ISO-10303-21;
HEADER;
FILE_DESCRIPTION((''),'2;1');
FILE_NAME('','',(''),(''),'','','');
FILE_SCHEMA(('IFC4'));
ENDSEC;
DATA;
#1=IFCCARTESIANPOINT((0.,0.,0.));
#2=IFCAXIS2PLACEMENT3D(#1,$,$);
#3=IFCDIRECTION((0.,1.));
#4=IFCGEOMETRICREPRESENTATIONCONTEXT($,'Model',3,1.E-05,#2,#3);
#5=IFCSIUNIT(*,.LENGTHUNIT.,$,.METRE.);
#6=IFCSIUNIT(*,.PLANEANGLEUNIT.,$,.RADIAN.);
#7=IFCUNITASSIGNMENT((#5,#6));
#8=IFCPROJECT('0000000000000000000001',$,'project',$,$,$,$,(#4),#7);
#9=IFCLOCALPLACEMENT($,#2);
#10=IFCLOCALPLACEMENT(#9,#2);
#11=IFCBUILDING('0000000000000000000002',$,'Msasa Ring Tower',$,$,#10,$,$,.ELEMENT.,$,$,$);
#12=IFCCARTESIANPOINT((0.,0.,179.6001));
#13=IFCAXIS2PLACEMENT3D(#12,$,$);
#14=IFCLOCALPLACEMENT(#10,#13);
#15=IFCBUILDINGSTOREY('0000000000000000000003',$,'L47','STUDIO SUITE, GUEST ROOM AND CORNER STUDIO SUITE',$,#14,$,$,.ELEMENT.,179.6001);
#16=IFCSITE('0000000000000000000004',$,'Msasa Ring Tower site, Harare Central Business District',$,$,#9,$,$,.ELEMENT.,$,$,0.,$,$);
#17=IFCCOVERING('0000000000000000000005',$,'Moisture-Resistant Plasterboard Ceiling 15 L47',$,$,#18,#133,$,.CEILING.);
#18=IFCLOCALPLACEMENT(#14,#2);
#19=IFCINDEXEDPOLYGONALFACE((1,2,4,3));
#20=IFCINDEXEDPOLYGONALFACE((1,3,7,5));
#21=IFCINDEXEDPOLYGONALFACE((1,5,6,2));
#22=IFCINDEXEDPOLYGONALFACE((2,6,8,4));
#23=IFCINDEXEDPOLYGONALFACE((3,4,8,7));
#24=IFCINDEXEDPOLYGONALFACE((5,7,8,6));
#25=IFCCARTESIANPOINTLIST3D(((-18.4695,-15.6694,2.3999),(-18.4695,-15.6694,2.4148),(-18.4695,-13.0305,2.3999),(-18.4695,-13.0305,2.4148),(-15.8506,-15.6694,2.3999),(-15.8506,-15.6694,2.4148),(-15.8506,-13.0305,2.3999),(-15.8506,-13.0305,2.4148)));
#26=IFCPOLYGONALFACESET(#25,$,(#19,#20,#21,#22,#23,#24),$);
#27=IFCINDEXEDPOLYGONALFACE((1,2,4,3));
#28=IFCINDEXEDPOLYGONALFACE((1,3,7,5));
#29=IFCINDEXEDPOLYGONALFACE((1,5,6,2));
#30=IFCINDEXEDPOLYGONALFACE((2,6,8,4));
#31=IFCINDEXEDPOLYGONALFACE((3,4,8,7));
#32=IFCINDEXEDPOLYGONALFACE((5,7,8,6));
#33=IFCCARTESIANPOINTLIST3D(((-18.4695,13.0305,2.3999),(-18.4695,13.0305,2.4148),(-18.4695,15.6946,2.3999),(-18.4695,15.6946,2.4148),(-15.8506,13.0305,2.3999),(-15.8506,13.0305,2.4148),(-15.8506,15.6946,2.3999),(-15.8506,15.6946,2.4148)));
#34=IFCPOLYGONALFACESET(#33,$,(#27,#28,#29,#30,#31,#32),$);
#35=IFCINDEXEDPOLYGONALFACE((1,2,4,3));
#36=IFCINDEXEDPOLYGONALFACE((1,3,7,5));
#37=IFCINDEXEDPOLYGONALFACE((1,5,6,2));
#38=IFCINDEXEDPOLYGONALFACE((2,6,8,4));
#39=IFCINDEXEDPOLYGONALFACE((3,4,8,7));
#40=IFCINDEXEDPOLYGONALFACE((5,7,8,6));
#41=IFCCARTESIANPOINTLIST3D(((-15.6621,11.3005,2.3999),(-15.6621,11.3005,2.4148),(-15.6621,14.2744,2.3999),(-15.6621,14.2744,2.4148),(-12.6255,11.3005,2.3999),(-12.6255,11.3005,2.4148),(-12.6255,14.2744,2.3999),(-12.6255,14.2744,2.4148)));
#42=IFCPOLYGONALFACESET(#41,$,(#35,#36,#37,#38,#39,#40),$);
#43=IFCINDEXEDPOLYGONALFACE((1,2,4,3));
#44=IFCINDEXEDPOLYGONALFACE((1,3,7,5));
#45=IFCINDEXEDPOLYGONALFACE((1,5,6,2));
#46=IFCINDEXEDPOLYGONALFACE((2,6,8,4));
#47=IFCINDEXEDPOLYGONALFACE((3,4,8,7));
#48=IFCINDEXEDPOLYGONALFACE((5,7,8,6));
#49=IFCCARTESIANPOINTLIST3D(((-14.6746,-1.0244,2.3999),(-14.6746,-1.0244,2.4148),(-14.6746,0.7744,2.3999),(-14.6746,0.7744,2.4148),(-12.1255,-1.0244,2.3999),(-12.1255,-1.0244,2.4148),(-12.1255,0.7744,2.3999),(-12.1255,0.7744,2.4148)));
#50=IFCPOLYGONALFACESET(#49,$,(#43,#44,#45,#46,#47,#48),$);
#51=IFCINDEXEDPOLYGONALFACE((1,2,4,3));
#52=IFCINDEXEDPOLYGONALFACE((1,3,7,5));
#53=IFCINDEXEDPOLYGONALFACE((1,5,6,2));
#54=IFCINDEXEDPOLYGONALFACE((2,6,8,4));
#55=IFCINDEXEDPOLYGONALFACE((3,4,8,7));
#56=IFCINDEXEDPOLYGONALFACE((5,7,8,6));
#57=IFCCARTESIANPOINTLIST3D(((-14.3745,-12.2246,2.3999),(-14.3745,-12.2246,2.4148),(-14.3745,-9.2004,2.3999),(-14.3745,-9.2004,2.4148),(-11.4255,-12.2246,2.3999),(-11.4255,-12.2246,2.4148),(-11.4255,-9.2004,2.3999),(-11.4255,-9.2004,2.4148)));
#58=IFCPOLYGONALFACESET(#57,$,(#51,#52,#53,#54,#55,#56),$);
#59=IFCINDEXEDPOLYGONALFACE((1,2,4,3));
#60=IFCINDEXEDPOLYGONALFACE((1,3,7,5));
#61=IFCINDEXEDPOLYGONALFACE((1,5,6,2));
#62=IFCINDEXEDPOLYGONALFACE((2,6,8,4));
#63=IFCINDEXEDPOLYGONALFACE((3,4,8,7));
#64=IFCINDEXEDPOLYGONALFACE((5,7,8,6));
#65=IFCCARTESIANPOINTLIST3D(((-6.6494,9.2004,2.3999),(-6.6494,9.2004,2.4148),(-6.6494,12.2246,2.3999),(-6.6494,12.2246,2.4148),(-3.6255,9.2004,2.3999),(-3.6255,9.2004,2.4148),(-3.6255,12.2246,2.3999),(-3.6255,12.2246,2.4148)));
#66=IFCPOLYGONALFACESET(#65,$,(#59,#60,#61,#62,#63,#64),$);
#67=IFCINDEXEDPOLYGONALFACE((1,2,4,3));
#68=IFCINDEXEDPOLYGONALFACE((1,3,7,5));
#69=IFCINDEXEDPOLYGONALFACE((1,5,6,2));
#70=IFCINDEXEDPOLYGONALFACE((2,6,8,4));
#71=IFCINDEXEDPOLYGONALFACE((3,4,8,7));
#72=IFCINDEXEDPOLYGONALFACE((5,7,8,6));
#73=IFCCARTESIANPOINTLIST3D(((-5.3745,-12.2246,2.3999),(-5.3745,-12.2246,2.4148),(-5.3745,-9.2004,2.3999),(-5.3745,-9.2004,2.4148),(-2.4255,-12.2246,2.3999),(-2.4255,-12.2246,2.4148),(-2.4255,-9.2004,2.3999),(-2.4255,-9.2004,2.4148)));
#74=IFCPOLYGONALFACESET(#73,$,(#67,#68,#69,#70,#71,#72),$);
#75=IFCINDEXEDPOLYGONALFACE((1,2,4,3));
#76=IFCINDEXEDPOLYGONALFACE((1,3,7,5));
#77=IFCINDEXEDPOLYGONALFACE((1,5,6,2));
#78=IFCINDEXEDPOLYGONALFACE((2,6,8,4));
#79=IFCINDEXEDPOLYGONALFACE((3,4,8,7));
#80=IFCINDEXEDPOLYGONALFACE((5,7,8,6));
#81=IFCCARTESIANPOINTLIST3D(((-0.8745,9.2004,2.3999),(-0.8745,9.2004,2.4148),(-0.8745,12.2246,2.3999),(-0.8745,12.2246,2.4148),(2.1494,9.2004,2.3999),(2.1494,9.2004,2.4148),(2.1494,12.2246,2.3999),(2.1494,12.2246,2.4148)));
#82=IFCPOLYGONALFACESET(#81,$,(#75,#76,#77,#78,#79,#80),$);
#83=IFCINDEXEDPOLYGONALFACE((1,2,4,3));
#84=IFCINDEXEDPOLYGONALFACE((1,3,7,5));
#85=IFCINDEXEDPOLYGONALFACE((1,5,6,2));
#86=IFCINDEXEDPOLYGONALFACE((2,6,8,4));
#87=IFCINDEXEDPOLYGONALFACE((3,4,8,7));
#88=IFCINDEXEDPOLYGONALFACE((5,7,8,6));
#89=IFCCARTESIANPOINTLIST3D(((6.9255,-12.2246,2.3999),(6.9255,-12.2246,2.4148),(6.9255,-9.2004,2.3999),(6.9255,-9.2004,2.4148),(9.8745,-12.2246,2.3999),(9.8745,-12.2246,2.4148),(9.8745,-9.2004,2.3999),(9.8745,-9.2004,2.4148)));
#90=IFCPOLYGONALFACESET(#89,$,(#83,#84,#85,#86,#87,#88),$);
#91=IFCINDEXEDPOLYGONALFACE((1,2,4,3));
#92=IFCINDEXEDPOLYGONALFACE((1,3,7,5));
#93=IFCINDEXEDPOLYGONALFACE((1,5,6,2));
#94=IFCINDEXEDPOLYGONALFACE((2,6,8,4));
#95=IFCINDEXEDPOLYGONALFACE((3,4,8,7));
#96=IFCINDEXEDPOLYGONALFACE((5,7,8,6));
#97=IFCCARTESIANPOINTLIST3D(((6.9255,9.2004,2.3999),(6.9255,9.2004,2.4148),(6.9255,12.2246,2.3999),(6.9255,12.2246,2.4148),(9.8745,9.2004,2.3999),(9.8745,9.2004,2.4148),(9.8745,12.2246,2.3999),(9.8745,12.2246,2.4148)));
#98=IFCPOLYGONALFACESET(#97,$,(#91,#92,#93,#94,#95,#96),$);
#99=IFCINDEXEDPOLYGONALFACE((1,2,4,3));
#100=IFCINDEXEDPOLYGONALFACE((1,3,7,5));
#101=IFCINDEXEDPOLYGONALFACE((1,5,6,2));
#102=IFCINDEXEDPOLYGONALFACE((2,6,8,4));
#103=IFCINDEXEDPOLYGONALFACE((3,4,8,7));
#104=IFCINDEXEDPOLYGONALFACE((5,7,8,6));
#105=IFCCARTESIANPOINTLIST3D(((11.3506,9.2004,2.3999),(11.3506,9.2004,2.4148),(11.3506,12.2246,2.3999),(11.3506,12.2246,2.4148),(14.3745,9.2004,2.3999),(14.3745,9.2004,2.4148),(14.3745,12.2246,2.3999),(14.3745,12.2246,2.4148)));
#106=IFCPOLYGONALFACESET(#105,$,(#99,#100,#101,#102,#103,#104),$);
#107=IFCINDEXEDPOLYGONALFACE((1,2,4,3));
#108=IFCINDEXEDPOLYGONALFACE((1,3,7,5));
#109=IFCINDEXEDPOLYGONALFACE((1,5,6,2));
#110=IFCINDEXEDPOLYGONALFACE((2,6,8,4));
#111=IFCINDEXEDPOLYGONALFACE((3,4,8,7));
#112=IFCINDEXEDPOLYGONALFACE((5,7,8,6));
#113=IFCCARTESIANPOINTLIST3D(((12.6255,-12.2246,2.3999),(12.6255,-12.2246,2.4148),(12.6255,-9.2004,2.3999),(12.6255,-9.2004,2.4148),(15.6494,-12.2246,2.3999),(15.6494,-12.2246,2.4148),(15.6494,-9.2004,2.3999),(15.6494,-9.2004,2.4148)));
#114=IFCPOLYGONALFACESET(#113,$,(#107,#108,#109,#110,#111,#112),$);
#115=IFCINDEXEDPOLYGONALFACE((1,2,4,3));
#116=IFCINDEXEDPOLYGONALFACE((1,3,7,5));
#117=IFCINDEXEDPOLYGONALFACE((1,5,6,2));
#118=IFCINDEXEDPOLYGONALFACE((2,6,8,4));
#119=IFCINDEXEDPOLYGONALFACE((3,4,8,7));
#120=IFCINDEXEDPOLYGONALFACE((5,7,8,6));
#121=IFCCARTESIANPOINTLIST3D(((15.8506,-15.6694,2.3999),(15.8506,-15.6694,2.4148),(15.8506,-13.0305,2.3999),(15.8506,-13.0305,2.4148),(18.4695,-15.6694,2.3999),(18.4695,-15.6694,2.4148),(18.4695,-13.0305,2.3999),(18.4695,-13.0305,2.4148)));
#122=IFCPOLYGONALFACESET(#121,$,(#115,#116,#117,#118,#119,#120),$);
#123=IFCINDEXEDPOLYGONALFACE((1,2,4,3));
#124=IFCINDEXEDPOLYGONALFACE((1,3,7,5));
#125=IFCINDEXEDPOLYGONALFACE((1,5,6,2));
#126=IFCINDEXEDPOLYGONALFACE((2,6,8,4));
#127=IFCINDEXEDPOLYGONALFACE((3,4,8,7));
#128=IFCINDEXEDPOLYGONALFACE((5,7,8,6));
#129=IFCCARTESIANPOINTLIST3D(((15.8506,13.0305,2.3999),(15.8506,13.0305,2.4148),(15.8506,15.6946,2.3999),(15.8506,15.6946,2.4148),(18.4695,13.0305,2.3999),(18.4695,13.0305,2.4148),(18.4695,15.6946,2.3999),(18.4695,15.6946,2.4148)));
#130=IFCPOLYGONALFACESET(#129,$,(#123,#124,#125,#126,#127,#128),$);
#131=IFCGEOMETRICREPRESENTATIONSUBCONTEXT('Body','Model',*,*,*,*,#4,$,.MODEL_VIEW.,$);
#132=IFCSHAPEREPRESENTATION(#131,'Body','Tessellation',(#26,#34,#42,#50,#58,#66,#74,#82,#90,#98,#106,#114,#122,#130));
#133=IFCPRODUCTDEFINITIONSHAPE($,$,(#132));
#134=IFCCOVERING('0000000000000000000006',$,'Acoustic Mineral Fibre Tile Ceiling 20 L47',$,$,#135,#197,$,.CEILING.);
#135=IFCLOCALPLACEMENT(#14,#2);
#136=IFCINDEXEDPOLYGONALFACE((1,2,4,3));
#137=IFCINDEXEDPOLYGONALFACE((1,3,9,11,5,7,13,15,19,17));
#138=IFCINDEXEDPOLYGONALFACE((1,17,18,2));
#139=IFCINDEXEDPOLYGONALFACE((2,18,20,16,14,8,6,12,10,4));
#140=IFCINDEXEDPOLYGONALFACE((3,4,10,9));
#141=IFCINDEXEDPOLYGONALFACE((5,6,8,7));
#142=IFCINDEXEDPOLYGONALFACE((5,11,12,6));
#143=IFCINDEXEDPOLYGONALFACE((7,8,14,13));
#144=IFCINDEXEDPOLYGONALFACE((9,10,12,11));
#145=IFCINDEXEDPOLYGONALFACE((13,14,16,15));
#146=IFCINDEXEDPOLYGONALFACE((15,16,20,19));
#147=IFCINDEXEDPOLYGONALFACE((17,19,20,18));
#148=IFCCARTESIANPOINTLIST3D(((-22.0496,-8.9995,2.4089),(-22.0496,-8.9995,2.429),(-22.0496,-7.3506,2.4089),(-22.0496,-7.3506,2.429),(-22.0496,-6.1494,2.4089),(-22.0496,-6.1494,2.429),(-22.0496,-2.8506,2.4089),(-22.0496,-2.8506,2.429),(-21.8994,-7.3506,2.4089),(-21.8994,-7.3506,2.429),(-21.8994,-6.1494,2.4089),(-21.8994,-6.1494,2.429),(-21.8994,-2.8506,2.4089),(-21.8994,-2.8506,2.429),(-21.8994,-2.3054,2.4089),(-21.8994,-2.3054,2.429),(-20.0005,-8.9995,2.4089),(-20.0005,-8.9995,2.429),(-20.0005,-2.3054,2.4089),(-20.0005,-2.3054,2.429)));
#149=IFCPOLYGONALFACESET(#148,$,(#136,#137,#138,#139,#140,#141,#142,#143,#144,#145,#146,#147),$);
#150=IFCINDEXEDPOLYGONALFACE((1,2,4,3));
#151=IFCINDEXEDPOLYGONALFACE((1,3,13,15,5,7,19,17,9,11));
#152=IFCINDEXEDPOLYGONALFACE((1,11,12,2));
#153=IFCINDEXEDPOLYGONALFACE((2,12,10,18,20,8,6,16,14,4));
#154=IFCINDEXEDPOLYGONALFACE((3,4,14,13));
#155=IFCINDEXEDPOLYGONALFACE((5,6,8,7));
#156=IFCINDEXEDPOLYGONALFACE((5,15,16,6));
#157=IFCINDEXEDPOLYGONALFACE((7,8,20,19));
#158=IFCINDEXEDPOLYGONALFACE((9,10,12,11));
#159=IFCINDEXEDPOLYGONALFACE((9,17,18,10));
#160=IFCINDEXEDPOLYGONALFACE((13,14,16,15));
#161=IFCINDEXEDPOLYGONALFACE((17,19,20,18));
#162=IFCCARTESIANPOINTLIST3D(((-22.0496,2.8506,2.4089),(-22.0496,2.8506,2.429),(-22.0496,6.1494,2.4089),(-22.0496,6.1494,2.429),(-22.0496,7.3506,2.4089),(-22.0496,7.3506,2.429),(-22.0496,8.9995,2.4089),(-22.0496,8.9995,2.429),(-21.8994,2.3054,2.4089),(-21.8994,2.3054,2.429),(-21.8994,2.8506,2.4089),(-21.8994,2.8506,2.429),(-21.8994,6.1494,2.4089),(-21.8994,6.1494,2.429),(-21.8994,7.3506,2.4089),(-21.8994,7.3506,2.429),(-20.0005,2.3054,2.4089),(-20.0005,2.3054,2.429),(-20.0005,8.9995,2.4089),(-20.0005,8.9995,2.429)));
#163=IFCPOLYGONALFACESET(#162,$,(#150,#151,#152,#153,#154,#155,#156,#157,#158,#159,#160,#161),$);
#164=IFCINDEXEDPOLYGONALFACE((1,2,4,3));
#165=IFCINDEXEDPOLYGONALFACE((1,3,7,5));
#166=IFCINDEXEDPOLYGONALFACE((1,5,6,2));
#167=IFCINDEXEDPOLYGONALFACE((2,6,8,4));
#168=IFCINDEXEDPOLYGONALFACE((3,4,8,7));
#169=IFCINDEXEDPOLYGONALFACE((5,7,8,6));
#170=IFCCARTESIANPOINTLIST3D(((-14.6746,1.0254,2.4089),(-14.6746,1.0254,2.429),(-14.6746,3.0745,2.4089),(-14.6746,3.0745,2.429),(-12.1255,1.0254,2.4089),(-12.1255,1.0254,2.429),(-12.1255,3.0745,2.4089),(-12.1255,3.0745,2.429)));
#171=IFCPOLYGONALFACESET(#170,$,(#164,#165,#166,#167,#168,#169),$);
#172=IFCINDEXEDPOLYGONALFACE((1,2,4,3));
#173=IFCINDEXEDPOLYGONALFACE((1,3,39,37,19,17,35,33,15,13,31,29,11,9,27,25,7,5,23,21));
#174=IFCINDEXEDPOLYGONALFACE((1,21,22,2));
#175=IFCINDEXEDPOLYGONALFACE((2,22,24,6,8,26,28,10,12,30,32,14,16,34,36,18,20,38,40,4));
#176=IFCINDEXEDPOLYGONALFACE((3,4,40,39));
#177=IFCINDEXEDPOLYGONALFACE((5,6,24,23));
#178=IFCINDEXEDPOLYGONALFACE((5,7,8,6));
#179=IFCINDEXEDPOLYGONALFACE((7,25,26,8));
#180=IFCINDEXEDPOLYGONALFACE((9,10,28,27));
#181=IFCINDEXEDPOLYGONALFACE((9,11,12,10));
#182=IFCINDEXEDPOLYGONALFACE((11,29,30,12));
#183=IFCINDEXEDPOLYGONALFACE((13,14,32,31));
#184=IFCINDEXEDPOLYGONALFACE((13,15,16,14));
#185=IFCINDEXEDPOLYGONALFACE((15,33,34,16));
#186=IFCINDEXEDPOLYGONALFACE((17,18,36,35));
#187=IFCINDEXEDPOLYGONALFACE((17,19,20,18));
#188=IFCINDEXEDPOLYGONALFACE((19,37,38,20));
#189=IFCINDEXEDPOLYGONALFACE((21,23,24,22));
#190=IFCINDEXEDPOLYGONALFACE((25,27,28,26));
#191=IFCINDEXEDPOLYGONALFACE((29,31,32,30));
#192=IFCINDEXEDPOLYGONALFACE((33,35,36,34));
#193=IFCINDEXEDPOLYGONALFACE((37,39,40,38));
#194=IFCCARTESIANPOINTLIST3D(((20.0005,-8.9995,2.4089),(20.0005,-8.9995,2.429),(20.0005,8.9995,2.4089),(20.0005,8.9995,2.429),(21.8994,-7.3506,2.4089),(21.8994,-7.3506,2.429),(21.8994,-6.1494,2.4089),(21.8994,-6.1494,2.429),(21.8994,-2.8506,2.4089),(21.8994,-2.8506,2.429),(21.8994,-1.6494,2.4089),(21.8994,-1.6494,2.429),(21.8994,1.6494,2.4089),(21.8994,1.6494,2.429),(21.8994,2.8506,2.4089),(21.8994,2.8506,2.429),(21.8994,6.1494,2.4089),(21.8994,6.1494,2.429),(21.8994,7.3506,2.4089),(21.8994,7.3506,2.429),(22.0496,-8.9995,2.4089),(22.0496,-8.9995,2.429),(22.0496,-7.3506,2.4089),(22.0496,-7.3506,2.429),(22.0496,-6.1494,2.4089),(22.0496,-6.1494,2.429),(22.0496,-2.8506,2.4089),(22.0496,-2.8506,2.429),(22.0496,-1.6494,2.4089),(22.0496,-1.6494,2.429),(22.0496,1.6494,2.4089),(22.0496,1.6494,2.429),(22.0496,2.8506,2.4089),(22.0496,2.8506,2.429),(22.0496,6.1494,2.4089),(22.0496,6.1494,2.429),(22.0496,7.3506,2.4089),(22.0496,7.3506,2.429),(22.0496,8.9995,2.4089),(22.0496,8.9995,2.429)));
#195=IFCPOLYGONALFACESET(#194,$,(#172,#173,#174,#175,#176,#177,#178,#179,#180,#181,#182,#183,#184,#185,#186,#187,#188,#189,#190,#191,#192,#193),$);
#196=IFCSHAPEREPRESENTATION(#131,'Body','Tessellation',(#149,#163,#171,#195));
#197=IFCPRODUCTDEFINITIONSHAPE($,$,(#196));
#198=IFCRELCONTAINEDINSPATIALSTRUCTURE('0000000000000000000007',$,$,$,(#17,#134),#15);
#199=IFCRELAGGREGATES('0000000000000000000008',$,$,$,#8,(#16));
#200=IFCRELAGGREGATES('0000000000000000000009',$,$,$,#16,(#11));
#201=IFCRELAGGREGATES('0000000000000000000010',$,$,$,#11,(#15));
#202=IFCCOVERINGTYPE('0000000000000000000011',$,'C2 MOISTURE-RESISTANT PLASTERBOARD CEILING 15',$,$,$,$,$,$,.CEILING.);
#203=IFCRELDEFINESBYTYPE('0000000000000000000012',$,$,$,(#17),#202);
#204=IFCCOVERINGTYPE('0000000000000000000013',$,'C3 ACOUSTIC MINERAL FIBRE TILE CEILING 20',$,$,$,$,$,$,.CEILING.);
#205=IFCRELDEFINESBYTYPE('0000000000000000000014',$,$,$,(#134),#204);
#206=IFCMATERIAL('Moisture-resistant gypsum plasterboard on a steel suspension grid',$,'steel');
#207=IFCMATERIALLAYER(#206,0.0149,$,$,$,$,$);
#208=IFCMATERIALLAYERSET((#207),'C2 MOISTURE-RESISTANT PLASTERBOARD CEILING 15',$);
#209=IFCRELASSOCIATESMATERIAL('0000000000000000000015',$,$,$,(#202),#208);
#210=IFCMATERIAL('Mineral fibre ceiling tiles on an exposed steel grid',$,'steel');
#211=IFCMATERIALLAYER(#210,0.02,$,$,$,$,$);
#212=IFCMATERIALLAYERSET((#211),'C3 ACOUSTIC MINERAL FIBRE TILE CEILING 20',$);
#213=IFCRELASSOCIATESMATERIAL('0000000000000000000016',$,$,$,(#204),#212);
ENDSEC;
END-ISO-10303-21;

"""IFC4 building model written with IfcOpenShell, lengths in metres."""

from ifc_helpers import new_model, si_unit, direction, frame, origin, place, context, subcontext, project, spatial, line, indexed_curve, outline, extrude, material, layer, layer_set, type_object, element, save


model = new_model("IFC4")

# Units and contexts
model_context = context("Model", 3, precision=1e-05, world=origin(), true_north=direction((0.0, 1.0)))
body_context = subcontext(model_context, "Body", "Model", "MODEL_VIEW")
ifc_project = project(units=[si_unit("LENGTHUNIT", "METRE"), si_unit("PLANEANGLEUNIT", "RADIAN")], contexts=[model_context])

# Site, building, storey
site_placement = place(None, origin())
site = spatial("IfcSite", under=ifc_project, at=site_placement, Name="Msasa Ring Tower site, Harare Central Business District", CompositionType="ELEMENT", RefElevation=0.0)
building_placement = place(site_placement, origin())
building = spatial("IfcBuilding", under=site, at=building_placement, Name="Msasa Ring Tower", CompositionType="ELEMENT")
storey_placement = place(building_placement, frame((0.0, 0.0, 179.6001)))
storey = spatial("IfcBuildingStorey", under=building, at=storey_placement, Name="L47", Description="STUDIO SUITE, GUEST ROOM AND CORNER STUDIO SUITE", CompositionType="ELEMENT", Elevation=179.6001)

# Coverings
ifc_material_1 = material(Name="Moisture-resistant gypsum plasterboard on a steel suspension grid", Category="steel")
ifc_layer_1 = layer(ifc_material_1, 0.0149)
ifc_layer_set_1 = layer_set([ifc_layer_1], Name="C2 MOISTURE-RESISTANT PLASTERBOARD CEILING 15")
covering_type_1 = type_object("IfcCoveringType", Name="C2 MOISTURE-RESISTANT PLASTERBOARD CEILING 15", PredefinedType="CEILING", material=ifc_layer_set_1)
covering_1_placement = place(storey_placement, frame((0.0, 0.0, 2.3999)))
element("IfcCovering", 1, at=covering_1_placement, inside=storey, type_object=covering_type_1, Name="Moisture-Resistant Plasterboard Ceiling 15 L47", PredefinedType="CEILING", context=body_context, shape_type="SweptSolid", body=[
    extrude(outline(indexed_curve([(-18.4695, -15.6694), (-18.4695, -13.0305), (-15.8506, -13.0305), (-15.8506, -15.6694)], segments=[line(1, 2, 3, 4, 1)], self_intersect=False)), origin(), (0.0, 0.0, 1.0), 0.0149),
    extrude(outline(indexed_curve([(-18.4695, 15.6946), (-15.8506, 15.6946), (-15.8506, 13.0305), (-18.4695, 13.0305)], segments=[line(1, 2, 3, 4, 1)], self_intersect=False)), origin(), (0.0, 0.0, 1.0), 0.0149),
    extrude(outline(indexed_curve([(-15.6621, 11.3005), (-15.6621, 14.2744), (-12.6255, 14.2744), (-12.6255, 11.3005)], segments=[line(1, 2, 3, 4, 1)], self_intersect=False)), origin(), (0.0, 0.0, 1.0), 0.0149),
    extrude(outline(indexed_curve([(-14.6746, 0.7744), (-12.1255, 0.7744), (-12.1255, -1.0244), (-14.6746, -1.0244)], segments=[line(1, 2, 3, 4, 1)], self_intersect=False)), origin(), (0.0, 0.0, 1.0), 0.0149),
    extrude(outline(indexed_curve([(-11.4255, -9.2004), (-11.4255, -12.2246), (-14.3745, -12.2246), (-14.3745, -9.2004)], segments=[line(1, 2, 3, 4, 1)], self_intersect=False)), origin(), (0.0, 0.0, 1.0), 0.0149),
    extrude(outline(indexed_curve([(-6.6494, 12.2246), (-3.6255, 12.2246), (-3.6255, 9.2004), (-6.6494, 9.2004)], segments=[line(1, 2, 3, 4, 1)], self_intersect=False)), origin(), (0.0, 0.0, 1.0), 0.0149),
    extrude(outline(indexed_curve([(-2.4255, -9.2004), (-2.4255, -12.2246), (-5.3745, -12.2246), (-5.3745, -9.2004)], segments=[line(1, 2, 3, 4, 1)], self_intersect=False)), origin(), (0.0, 0.0, 1.0), 0.0149),
    extrude(outline(indexed_curve([(2.1494, 9.2004), (-0.8745, 9.2004), (-0.8745, 12.2246), (2.1494, 12.2246)], segments=[line(1, 2, 3, 4, 1)], self_intersect=False)), origin(), (0.0, 0.0, 1.0), 0.0149),
    extrude(outline(indexed_curve([(9.8745, -9.2004), (9.8745, -12.2246), (6.9255, -12.2246), (6.9255, -9.2004)], segments=[line(1, 2, 3, 4, 1)], self_intersect=False)), origin(), (0.0, 0.0, 1.0), 0.0149),
    extrude(outline(indexed_curve([(6.9255, 9.2004), (6.9255, 12.2246), (9.8745, 12.2246), (9.8745, 9.2004)], segments=[line(1, 2, 3, 4, 1)], self_intersect=False)), origin(), (0.0, 0.0, 1.0), 0.0149),
    extrude(outline(indexed_curve([(11.3506, 12.2246), (14.3745, 12.2246), (14.3745, 9.2004), (11.3506, 9.2004)], segments=[line(1, 2, 3, 4, 1)], self_intersect=False)), origin(), (0.0, 0.0, 1.0), 0.0149),
    extrude(outline(indexed_curve([(15.6494, -9.2004), (15.6494, -12.2246), (12.6255, -12.2246), (12.6255, -9.2004)], segments=[line(1, 2, 3, 4, 1)], self_intersect=False)), origin(), (0.0, 0.0, 1.0), 0.0149),
    extrude(outline(indexed_curve([(15.8506, -15.6694), (15.8506, -13.0305), (18.4695, -13.0305), (18.4695, -15.6694)], segments=[line(1, 2, 3, 4, 1)], self_intersect=False)), origin(), (0.0, 0.0, 1.0), 0.0149),
    extrude(outline(indexed_curve([(15.8506, 15.6946), (18.4695, 15.6946), (18.4695, 13.0305), (15.8506, 13.0305)], segments=[line(1, 2, 3, 4, 1)], self_intersect=False)), origin(), (0.0, 0.0, 1.0), 0.0149),
])
ifc_material_2 = material(Name="Mineral fibre ceiling tiles on an exposed steel grid", Category="steel")
ifc_layer_2 = layer(ifc_material_2, 0.02)
ifc_layer_set_2 = layer_set([ifc_layer_2], Name="C3 ACOUSTIC MINERAL FIBRE TILE CEILING 20")
covering_type_2 = type_object("IfcCoveringType", Name="C3 ACOUSTIC MINERAL FIBRE TILE CEILING 20", PredefinedType="CEILING", material=ifc_layer_set_2)
covering_2_placement = place(storey_placement, frame((0.0, 0.0, 2.4089)))
element("IfcCovering", 2, at=covering_2_placement, inside=storey, type_object=covering_type_2, Name="Acoustic Mineral Fibre Tile Ceiling 20 L47", PredefinedType="CEILING", context=body_context, shape_type="SweptSolid", body=[
    extrude(outline(indexed_curve([(-22.0496, -7.3506), (-21.8994, -7.3506), (-21.8994, -6.1494), (-22.0496, -6.1494), (-22.0496, -2.8506), (-21.8994, -2.8506), (-21.8994, -2.3054), (-20.0005, -2.3054), (-20.0005, -8.9995), (-22.0496, -8.9995)], segments=[line(1, 2, 3, 4, 5, 6, 7, 8, 9, 10, 1)], self_intersect=False)), origin(), (0.0, 0.0, 1.0), 0.02),
    extrude(outline(indexed_curve([(-22.0496, 6.1494), (-21.8994, 6.1494), (-21.8994, 7.3506), (-22.0496, 7.3506), (-22.0496, 8.9995), (-20.0005, 8.9995), (-20.0005, 2.3054), (-21.8994, 2.3054), (-21.8994, 2.8506), (-22.0496, 2.8506)], segments=[line(1, 2, 3, 4, 5, 6, 7, 8, 9, 10, 1)], self_intersect=False)), origin(), (0.0, 0.0, 1.0), 0.02),
    extrude(outline(indexed_curve([(-12.1255, 1.0254), (-14.6746, 1.0254), (-14.6746, 3.0745), (-12.1255, 3.0745)], segments=[line(1, 2, 3, 4, 1)], self_intersect=False)), origin(), (0.0, 0.0, 1.0), 0.02),
    extrude(outline(indexed_curve([(22.0496, 8.9995), (22.0496, 7.3506), (21.8994, 7.3506), (21.8994, 6.1494), (22.0496, 6.1494), (22.0496, 2.8506), (21.8994, 2.8506), (21.8994, 1.6494), (22.0496, 1.6494), (22.0496, -1.6494), (21.8994, -1.6494), (21.8994, -2.8506), (22.0496, -2.8506), (22.0496, -6.1494), (21.8994, -6.1494), (21.8994, -7.3506), (22.0496, -7.3506), (22.0496, -8.9995), (20.0005, -8.9995), (20.0005, 8.9995)], segments=[line(1, 2, 3, 4, 5, 6, 7, 8, 9, 10, 11, 12, 13, 14, 15, 16, 17, 18, 19, 20, 1)], self_intersect=False)), origin(), (0.0, 0.0, 1.0), 0.02),
])

save(model, "model.ifc")
